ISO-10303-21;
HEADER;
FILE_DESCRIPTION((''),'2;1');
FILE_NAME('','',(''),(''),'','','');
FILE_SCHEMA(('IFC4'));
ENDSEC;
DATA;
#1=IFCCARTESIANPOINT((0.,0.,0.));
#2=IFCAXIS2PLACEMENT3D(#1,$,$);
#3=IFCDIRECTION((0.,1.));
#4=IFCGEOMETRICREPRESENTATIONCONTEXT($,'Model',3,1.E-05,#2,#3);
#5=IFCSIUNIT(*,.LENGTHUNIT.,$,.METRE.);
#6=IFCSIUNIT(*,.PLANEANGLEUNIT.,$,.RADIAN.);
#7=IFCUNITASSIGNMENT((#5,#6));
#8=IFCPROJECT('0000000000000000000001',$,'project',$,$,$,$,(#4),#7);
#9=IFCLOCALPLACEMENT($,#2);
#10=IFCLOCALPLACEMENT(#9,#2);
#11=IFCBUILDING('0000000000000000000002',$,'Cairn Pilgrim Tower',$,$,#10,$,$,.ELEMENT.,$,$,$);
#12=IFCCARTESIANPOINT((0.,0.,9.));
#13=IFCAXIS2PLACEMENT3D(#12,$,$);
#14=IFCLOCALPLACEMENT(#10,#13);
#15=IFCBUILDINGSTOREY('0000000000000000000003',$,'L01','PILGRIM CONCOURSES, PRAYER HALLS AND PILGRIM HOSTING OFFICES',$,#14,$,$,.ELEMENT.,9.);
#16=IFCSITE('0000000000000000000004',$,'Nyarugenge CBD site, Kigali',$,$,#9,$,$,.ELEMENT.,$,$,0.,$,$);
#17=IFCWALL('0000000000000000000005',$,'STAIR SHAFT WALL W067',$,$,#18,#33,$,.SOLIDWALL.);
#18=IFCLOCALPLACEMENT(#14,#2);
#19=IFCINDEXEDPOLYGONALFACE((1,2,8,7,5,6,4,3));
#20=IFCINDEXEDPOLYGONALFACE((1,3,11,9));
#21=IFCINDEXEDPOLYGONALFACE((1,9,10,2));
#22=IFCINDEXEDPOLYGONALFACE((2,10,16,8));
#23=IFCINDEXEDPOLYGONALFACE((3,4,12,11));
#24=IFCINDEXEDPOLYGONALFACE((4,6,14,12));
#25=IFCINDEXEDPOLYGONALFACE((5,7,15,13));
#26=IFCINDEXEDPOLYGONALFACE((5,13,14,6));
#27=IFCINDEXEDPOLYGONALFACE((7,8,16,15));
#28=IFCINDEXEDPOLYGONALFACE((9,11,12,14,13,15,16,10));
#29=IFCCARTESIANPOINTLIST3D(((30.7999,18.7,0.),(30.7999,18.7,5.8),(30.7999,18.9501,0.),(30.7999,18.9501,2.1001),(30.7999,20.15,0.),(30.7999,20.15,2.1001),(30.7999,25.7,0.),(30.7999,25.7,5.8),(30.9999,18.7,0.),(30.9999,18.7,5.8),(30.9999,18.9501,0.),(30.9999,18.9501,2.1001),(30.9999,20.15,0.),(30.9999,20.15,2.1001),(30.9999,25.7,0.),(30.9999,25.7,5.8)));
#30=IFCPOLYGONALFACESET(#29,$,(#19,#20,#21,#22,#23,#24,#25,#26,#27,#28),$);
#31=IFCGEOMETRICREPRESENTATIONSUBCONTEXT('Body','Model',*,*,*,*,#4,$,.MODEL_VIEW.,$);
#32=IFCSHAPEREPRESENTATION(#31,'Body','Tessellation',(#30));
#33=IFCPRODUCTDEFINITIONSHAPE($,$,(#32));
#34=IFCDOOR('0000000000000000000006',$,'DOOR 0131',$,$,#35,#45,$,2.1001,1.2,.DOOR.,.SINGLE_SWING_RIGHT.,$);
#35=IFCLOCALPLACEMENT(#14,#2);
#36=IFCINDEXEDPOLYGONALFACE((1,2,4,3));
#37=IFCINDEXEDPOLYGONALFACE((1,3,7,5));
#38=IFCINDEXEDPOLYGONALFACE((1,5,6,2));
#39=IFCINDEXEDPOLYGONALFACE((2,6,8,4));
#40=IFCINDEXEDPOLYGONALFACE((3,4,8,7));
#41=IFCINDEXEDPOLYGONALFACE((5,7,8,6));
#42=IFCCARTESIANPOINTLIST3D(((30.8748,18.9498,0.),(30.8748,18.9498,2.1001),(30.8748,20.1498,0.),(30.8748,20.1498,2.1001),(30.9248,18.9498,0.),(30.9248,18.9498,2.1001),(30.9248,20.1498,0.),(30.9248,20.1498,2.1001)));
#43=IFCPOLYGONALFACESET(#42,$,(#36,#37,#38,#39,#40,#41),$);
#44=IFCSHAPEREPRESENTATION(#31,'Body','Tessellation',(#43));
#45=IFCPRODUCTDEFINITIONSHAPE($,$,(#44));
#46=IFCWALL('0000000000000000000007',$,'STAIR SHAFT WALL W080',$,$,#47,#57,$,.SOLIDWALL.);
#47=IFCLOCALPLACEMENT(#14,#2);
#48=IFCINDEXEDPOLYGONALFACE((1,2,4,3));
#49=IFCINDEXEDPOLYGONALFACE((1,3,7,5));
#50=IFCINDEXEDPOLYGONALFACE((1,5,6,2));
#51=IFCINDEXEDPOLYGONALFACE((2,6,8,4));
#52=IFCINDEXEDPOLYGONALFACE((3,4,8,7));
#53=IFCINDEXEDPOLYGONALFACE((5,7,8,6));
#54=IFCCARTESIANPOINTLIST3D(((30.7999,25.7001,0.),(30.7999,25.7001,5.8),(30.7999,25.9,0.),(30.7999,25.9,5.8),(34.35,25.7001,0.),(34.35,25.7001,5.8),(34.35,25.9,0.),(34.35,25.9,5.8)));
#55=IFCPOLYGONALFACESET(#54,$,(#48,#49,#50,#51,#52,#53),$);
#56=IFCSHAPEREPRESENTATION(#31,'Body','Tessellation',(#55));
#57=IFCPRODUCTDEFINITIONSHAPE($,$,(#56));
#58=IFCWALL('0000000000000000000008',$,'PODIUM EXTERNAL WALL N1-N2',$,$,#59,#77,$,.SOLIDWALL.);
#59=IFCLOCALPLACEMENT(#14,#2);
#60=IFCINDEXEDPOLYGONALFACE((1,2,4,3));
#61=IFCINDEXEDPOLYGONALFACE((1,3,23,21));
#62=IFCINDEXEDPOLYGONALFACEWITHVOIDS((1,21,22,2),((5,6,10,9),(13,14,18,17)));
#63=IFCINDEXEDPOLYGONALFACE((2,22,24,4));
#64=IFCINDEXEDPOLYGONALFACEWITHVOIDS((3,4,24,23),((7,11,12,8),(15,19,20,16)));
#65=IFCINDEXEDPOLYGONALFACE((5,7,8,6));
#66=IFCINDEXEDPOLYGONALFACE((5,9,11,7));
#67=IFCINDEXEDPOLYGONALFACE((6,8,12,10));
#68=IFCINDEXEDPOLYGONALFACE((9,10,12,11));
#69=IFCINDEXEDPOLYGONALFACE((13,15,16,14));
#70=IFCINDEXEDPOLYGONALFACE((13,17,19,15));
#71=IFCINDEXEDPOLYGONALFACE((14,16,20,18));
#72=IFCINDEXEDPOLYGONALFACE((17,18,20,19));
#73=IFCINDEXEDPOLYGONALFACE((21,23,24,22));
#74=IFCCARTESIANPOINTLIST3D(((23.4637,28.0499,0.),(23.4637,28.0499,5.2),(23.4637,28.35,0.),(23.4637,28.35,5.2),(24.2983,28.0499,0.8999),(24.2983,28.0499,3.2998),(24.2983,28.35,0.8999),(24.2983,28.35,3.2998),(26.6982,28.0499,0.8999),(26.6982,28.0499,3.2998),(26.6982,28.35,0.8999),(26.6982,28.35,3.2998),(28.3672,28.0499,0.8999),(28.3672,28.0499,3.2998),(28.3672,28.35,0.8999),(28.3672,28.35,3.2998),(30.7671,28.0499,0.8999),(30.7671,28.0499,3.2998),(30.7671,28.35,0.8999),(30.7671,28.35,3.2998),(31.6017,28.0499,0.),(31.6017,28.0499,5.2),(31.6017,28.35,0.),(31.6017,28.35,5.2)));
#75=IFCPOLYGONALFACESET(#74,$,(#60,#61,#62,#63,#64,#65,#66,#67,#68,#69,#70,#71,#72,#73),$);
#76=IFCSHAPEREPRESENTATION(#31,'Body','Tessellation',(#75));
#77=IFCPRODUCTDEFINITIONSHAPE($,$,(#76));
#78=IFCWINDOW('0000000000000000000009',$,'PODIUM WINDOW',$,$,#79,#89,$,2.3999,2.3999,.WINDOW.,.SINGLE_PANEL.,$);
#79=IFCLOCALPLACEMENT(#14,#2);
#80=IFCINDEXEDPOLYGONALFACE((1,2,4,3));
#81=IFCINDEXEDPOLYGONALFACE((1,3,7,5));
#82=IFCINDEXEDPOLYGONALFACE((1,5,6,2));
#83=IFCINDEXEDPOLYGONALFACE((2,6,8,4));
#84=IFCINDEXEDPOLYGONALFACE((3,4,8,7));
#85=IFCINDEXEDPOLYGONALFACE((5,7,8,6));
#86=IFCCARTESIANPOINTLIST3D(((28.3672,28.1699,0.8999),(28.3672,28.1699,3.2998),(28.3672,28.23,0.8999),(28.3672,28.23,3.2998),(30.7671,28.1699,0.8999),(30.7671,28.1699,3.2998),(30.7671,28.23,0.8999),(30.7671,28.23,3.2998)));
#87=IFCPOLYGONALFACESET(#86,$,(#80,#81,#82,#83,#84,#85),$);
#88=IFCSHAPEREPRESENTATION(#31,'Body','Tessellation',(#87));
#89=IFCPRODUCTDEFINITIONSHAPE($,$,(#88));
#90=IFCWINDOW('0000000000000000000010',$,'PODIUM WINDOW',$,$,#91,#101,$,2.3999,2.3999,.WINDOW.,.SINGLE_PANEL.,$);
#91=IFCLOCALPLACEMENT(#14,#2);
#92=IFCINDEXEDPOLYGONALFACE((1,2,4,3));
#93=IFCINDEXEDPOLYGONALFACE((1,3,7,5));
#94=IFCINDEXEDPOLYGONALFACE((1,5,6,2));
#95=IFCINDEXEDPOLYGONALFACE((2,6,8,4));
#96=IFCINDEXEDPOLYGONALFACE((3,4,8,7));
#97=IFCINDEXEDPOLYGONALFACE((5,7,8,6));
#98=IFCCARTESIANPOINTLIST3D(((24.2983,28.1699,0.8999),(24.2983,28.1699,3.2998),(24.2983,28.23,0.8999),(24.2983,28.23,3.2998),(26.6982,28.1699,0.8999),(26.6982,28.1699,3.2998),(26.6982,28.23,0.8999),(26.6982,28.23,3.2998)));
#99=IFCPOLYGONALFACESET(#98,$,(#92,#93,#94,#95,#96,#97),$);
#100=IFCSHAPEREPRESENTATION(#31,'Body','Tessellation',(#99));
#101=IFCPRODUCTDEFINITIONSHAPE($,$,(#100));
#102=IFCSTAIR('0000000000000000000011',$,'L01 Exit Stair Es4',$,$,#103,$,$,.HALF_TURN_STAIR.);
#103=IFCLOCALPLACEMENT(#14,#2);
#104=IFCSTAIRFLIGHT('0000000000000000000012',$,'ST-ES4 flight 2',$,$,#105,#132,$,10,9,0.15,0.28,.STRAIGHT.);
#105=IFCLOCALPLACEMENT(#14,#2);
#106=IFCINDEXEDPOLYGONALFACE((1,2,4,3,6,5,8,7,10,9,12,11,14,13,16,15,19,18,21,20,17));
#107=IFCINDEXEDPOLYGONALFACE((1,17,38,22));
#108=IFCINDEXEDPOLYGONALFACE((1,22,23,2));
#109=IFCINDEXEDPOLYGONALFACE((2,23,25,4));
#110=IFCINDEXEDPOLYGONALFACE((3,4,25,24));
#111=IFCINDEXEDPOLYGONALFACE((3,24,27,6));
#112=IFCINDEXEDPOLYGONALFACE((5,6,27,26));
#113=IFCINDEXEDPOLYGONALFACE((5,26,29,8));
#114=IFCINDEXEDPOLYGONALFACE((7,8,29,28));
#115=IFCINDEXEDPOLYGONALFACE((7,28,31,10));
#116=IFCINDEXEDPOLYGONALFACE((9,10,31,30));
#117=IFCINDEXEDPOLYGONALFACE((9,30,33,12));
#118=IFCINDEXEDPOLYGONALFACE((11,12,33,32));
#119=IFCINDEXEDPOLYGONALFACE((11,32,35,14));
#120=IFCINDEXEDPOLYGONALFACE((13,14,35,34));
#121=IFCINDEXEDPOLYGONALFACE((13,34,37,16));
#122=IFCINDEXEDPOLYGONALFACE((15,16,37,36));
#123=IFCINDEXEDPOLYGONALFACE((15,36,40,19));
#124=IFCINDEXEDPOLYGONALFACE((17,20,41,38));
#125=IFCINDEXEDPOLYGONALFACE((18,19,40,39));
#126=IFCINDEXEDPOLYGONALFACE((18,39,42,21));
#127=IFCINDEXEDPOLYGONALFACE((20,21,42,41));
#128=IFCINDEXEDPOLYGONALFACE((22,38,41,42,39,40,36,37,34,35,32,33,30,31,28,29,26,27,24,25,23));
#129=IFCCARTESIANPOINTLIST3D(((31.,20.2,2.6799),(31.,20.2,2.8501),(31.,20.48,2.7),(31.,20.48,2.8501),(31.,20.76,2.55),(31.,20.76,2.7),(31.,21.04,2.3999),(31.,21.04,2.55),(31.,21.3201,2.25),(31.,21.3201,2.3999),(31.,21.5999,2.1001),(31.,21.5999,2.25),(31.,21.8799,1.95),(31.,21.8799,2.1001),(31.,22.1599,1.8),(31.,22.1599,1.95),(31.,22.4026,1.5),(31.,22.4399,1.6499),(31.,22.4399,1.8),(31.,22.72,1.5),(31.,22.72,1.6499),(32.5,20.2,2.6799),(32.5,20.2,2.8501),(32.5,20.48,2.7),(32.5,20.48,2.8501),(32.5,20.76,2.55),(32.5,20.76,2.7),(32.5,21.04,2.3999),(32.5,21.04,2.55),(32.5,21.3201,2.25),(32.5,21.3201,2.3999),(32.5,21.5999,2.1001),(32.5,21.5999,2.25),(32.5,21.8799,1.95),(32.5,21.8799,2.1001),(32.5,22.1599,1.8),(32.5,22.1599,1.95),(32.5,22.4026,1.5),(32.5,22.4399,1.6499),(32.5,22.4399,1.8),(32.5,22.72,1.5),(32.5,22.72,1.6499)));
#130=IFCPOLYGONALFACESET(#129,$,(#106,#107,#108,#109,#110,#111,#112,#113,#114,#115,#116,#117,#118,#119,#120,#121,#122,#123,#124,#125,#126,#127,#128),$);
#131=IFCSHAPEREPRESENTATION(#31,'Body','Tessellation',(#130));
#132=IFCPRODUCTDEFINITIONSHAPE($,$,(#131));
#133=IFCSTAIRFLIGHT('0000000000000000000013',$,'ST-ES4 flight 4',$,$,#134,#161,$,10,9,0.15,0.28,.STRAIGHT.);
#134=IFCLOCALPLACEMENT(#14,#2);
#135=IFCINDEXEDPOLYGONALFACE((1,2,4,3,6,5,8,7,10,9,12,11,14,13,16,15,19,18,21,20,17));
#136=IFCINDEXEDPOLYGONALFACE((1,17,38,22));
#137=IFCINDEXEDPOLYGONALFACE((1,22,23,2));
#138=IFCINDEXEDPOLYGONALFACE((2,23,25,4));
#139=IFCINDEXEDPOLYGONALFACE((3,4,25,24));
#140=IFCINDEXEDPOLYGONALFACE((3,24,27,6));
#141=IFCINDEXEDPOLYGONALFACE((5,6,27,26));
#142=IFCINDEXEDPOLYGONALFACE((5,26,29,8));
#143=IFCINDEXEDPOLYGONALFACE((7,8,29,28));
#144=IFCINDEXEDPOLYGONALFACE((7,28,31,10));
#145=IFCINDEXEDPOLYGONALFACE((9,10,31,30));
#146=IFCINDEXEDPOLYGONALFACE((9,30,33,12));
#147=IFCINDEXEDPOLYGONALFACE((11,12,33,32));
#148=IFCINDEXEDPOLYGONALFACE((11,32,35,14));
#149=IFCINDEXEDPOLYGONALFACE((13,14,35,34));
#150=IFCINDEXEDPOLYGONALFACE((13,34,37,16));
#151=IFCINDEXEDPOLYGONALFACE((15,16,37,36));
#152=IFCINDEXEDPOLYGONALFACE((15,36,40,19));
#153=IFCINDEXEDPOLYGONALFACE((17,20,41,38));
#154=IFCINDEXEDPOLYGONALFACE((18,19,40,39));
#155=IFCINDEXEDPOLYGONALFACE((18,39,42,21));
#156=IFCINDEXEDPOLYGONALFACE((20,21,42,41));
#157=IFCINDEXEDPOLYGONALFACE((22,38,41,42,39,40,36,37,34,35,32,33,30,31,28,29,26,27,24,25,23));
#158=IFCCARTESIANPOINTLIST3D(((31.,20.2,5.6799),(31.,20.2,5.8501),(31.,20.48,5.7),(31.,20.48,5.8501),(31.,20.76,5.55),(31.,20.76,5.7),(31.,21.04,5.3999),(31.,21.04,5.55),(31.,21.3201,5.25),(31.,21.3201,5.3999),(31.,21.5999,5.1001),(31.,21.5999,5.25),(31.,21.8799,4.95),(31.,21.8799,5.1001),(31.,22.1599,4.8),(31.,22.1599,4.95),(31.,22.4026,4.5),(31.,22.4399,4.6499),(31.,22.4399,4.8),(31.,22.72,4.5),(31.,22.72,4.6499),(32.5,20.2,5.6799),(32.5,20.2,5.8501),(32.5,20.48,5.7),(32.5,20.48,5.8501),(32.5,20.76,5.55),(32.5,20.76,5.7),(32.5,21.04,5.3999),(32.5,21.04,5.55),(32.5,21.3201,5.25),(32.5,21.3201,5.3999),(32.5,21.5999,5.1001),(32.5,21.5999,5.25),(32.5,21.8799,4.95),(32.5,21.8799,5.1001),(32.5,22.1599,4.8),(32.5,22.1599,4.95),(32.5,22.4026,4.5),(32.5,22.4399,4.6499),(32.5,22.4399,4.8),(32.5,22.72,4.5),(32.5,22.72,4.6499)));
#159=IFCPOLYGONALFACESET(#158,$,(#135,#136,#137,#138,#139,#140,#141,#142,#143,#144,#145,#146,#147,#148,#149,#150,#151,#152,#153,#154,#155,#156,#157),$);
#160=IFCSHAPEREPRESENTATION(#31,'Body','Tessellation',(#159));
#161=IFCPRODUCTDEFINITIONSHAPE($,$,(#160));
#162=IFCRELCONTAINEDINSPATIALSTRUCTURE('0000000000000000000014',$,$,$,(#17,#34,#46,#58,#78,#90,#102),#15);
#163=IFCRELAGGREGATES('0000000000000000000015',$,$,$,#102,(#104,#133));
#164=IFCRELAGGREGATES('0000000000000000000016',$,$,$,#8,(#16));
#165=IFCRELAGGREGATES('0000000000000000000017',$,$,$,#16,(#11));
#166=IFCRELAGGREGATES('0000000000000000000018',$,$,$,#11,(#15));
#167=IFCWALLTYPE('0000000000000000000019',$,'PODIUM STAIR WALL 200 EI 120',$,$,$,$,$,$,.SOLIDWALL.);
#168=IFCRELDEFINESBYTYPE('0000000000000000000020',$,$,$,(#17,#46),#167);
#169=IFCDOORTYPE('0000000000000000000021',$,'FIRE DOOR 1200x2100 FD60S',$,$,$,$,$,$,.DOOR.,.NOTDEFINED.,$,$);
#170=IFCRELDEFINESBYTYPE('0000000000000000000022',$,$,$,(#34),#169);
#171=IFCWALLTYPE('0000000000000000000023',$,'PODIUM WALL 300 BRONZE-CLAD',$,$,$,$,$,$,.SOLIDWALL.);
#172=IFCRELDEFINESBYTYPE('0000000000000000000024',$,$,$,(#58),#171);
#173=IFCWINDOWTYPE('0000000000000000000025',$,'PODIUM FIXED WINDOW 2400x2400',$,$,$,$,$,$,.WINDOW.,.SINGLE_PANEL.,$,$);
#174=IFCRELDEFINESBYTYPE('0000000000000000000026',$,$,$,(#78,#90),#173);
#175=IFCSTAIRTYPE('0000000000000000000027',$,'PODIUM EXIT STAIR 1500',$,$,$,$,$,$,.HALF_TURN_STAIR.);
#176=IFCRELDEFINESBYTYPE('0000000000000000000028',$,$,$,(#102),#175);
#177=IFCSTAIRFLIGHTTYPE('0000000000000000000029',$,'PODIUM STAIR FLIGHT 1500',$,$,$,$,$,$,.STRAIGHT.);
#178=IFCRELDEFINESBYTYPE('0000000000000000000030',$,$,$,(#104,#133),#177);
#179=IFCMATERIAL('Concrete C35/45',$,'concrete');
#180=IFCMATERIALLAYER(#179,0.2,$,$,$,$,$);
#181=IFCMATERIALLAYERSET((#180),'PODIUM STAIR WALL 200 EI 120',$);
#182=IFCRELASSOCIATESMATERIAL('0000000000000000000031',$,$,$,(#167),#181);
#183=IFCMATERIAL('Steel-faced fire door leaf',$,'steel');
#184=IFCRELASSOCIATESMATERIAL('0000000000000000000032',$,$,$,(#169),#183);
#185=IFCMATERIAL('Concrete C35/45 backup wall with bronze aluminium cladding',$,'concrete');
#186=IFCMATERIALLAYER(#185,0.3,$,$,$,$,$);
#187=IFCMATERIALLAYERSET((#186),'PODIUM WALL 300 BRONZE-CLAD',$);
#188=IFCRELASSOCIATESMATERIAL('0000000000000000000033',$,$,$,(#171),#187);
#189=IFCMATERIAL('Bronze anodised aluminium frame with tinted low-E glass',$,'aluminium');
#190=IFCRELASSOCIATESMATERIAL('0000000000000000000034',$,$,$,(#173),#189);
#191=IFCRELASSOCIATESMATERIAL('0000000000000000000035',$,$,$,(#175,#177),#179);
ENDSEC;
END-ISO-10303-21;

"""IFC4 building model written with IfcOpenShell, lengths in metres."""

from ifc_helpers import new_model, si_unit, direction, frame, frame_2d, origin, place, context, subcontext, project, spatial, polyline, rectangle, outline, extrude, material, layer, layer_set, type_object, element, fill, aggregate, save


model = new_model("IFC4")

# Units and contexts
model_context = context("Model", 3, precision=1e-05, world=origin(), true_north=direction((0.0, 1.0)))
body_context = subcontext(model_context, "Body", "Model", "MODEL_VIEW")
ifc_project = project(units=[si_unit("LENGTHUNIT", "METRE"), si_unit("PLANEANGLEUNIT", "RADIAN")], contexts=[model_context])

# Site, building, storey
site_placement = place(None, origin())
site = spatial("IfcSite", under=ifc_project, at=site_placement, Name="Nyarugenge CBD site, Kigali", CompositionType="ELEMENT", RefElevation=0.0)
building_placement = place(site_placement, origin())
building = spatial("IfcBuilding", under=site, at=building_placement, Name="Cairn Pilgrim Tower", CompositionType="ELEMENT")
storey_placement = place(building_placement, frame((0.0, 0.0, 9.0)))
storey = spatial("IfcBuildingStorey", under=building, at=storey_placement, Name="L01", Description="PILGRIM CONCOURSES, PRAYER HALLS AND PILGRIM HOSTING OFFICES", CompositionType="ELEMENT", Elevation=9.0)

# Shared definitions
ifc_material_1 = material(Name="Concrete C35/45", Category="concrete")
ifc_layer_1 = layer(ifc_material_1, 0.2)
ifc_layer_set_1 = layer_set([ifc_layer_1], Name="PODIUM STAIR WALL 200 EI 120")
wall_type_1 = type_object("IfcWallType", Name="PODIUM STAIR WALL 200 EI 120", PredefinedType="SOLIDWALL", material=ifc_layer_set_1)

# Wall, opening, door
wall_1_placement = place(storey_placement, frame((30.8999, 18.7, 0.0), z_axis=(0.0, 0.0, 1.0), x_axis=(0.0, 1.0, 0.0)))
wall_1 = element("IfcWall", 1, at=wall_1_placement, inside=storey, type_object=wall_type_1, Name="STAIR SHAFT WALL W067", PredefinedType="SOLIDWALL", context=body_context, shape_type="SweptSolid", body=[
    extrude(rectangle(XDim=7.0, YDim=0.2, at=frame_2d((3.5, 0.0))), origin(), (0.0, 0.0, 1.0), 5.8),
])
opening_1_placement = place(wall_1_placement, frame((0.25, 0.0, 0.0)))
opening_1 = element("IfcOpeningElement", 2, at=opening_1_placement, cuts=wall_1, PredefinedType="OPENING", context=body_context, shape_type="SweptSolid", body=[
    extrude(rectangle(XDim=1.2, YDim=2.1001, at=frame_2d((0.6001, 1.05))), frame((0.0, 0.1099, 0.0), z_axis=(0.0, -1.0, 0.0), x_axis=(1.0, 0.0, 0.0)), (0.0, 0.0, 1.0), 0.22),
])
ifc_material_2 = material(Name="Steel-faced fire door leaf", Category="steel")
door_type_1 = type_object("IfcDoorType", Name="FIRE DOOR 1200x2100 FD60S", OperationType="NOTDEFINED", PredefinedType="DOOR", material=ifc_material_2)
door_1_placement = place(opening_1_placement, frame((1.2, 0.0, 0.0), z_axis=(0.0, 0.0, 1.0), x_axis=(-1.0, 0.0, 0.0)))
door_1 = element("IfcDoor", 3, at=door_1_placement, inside=storey, type_object=door_type_1, Name="DOOR 0131", OperationType="SINGLE_SWING_RIGHT", OverallHeight=2.1001, OverallWidth=1.2, PredefinedType="DOOR", context=body_context, shape_type="SweptSolid", body=[
    extrude(rectangle(XDim=1.2, YDim=2.1001, at=frame_2d((0.6001, 1.05))), frame((0.0, 0.0249, 0.0), z_axis=(0.0, -1.0, 0.0), x_axis=(1.0, 0.0, 0.0)), (0.0, 0.0, 1.0), 0.05),
])
fill(opening_1, door_1)

# Wall
wall_2_placement = place(storey_placement, frame((30.8, 25.8, 0.0), z_axis=(0.0, 0.0, 1.0), x_axis=(1.0, 0.0, 0.0)))
element("IfcWall", 4, at=wall_2_placement, inside=storey, type_object=wall_type_1, Name="STAIR SHAFT WALL W080", PredefinedType="SOLIDWALL", context=body_context, shape_type="SweptSolid", body=[
    extrude(rectangle(XDim=3.55, YDim=0.2, at=frame_2d((1.7749, 0.0))), origin(), (0.0, 0.0, 1.0), 5.8),
])

# Wall, openings, windows
ifc_material_3 = material(Name="Concrete C35/45 backup wall with bronze aluminium cladding", Category="concrete")
ifc_layer_2 = layer(ifc_material_3, 0.3)
ifc_layer_set_2 = layer_set([ifc_layer_2], Name="PODIUM WALL 300 BRONZE-CLAD")
wall_type_2 = type_object("IfcWallType", Name="PODIUM WALL 300 BRONZE-CLAD", PredefinedType="SOLIDWALL", material=ifc_layer_set_2)
wall_3_placement = place(storey_placement, frame((31.6016, 28.2, 0.0), z_axis=(0.0, 0.0, 1.0), x_axis=(-1.0, 0.0, 0.0)))
wall_3 = element("IfcWall", 5, at=wall_3_placement, inside=storey, type_object=wall_type_2, Name="PODIUM EXTERNAL WALL N1-N2", PredefinedType="SOLIDWALL", context=body_context, shape_type="SweptSolid", body=[
    extrude(rectangle(XDim=8.1379, YDim=0.3, at=frame_2d((4.0688, 0.0))), origin(), (0.0, 0.0, 1.0), 5.2),
])
opening_2_placement = place(wall_3_placement, frame((0.8345, 0.0, 0.8999)))
opening_2 = element("IfcOpeningElement", 6, at=opening_2_placement, cuts=wall_3, PredefinedType="OPENING", context=body_context, shape_type="SweptSolid", body=[
    extrude(rectangle(XDim=2.3999, YDim=2.3999, at=frame_2d((1.2, 1.2))), frame((0.0, 0.1602, 0.0), z_axis=(0.0, -1.0, 0.0), x_axis=(1.0, 0.0, 0.0)), (0.0, 0.0, 1.0), 0.3201),
])
opening_3_placement = place(wall_3_placement, frame((4.9033, 0.0, 0.8999)))
opening_3 = element("IfcOpeningElement", 7, at=opening_3_placement, cuts=wall_3, PredefinedType="OPENING", context=body_context, shape_type="SweptSolid", body=[
    extrude(rectangle(XDim=2.3999, YDim=2.3999, at=frame_2d((1.2, 1.2))), frame((0.0, 0.1602, 0.0), z_axis=(0.0, -1.0, 0.0), x_axis=(1.0, 0.0, 0.0)), (0.0, 0.0, 1.0), 0.3201),
])
ifc_material_4 = material(Name="Bronze anodised aluminium frame with tinted low-E glass", Category="aluminium")
window_type = type_object("IfcWindowType", Name="PODIUM FIXED WINDOW 2400x2400", PartitioningType="SINGLE_PANEL", PredefinedType="WINDOW", material=ifc_material_4)
window_1_placement = place(opening_2_placement, origin())
window_1 = element("IfcWindow", 8, at=window_1_placement, inside=storey, type_object=window_type, Name="PODIUM WINDOW", OverallHeight=2.3999, OverallWidth=2.3999, PartitioningType="SINGLE_PANEL", PredefinedType="WINDOW", context=body_context, shape_type="SweptSolid", body=[
    extrude(rectangle(XDim=2.3999, YDim=2.3999, at=frame_2d((1.2, 1.2))), frame((0.0, 0.03, 0.0), z_axis=(0.0, -1.0, 0.0), x_axis=(1.0, 0.0, 0.0)), (0.0, 0.0, 1.0), 0.0601),
])
fill(opening_2, window_1)
window_2_placement = place(opening_3_placement, origin())
window_2 = element("IfcWindow", 9, at=window_2_placement, inside=storey, type_object=window_type, Name="PODIUM WINDOW", OverallHeight=2.3999, OverallWidth=2.3999, PartitioningType="SINGLE_PANEL", PredefinedType="WINDOW", context=body_context, shape_type="SweptSolid", body=[
    extrude(rectangle(XDim=2.3999, YDim=2.3999, at=frame_2d((1.2, 1.2))), frame((0.0, 0.03, 0.0), z_axis=(0.0, -1.0, 0.0), x_axis=(1.0, 0.0, 0.0)), (0.0, 0.0, 1.0), 0.0601),
])
fill(opening_3, window_2)

# Stair, stair flights
stair_type = type_object("IfcStairType", Name="PODIUM EXIT STAIR 1500", PredefinedType="HALF_TURN_STAIR", material=ifc_material_1)
stair_placement = place(storey_placement, origin())
stair = element("IfcStair", 10, at=stair_placement, inside=storey, type_object=stair_type, Name="L01 Exit Stair Es4", PredefinedType="HALF_TURN_STAIR")
stair_flight_type = type_object("IfcStairFlightType", Name="PODIUM STAIR FLIGHT 1500", PredefinedType="STRAIGHT", material=ifc_material_1)
stair_flight_1_placement = place(storey_placement, frame((31.75, 22.72, 1.5), z_axis=(0.0, 0.0, 1.0), x_axis=(0.0, -1.0, 0.0)))
stair_flight_1 = element("IfcStairFlight", 11, at=stair_flight_1_placement, type_object=stair_flight_type, Name="ST-ES4 flight 2", NumberOfRisers=10, NumberOfTreads=9, PredefinedType="STRAIGHT", RiserHeight=0.15, TreadLength=0.28, context=body_context, shape_type="SweptSolid", body=[
    extrude(outline(polyline([(0.0, 0.0), (0.0, 0.1499), (0.28, 0.1499), (0.28, 0.3), (0.5601, 0.3), (0.5601, 0.45), (0.8401, 0.45), (0.8401, 0.6001), (1.1201, 0.6001), (1.1201, 0.75), (1.3999, 0.75), (1.3999, 0.8999), (1.6799, 0.8999), (1.6799, 1.05), (1.96, 1.05), (1.96, 1.2), (2.24, 1.2), (2.24, 1.3501), (2.52, 1.3501), (2.52, 1.5), (2.52, 1.1799), (0.3174, 0.0), (0.0, 0.0)])), frame((0.0, 0.75, 0.0), z_axis=(0.0, -1.0, 0.0), x_axis=(1.0, 0.0, 0.0)), (0.0, 0.0, 1.0), 1.5),
])
stair_flight_2_placement = place(storey_placement, frame((31.75, 22.72, 4.5), z_axis=(0.0, 0.0, 1.0), x_axis=(0.0, -1.0, 0.0)))
stair_flight_2 = element("IfcStairFlight", 12, at=stair_flight_2_placement, type_object=stair_flight_type, Name="ST-ES4 flight 4", NumberOfRisers=10, NumberOfTreads=9, PredefinedType="STRAIGHT", RiserHeight=0.15, TreadLength=0.28, context=body_context, shape_type="SweptSolid", body=[
    extrude(outline(polyline([(0.0, 0.0), (0.0, 0.1499), (0.28, 0.1499), (0.28, 0.3), (0.5601, 0.3), (0.5601, 0.45), (0.8401, 0.45), (0.8401, 0.6001), (1.1201, 0.6001), (1.1201, 0.75), (1.3999, 0.75), (1.3999, 0.8999), (1.6799, 0.8999), (1.6799, 1.05), (1.96, 1.05), (1.96, 1.2), (2.24, 1.2), (2.24, 1.3501), (2.52, 1.3501), (2.52, 1.5), (2.52, 1.1799), (0.3174, 0.0), (0.0, 0.0)])), frame((0.0, 0.75, 0.0), z_axis=(0.0, -1.0, 0.0), x_axis=(1.0, 0.0, 0.0)), (0.0, 0.0, 1.0), 1.5),
])
aggregate(stair, [stair_flight_1, stair_flight_2])

save(model, "model.ifc")
